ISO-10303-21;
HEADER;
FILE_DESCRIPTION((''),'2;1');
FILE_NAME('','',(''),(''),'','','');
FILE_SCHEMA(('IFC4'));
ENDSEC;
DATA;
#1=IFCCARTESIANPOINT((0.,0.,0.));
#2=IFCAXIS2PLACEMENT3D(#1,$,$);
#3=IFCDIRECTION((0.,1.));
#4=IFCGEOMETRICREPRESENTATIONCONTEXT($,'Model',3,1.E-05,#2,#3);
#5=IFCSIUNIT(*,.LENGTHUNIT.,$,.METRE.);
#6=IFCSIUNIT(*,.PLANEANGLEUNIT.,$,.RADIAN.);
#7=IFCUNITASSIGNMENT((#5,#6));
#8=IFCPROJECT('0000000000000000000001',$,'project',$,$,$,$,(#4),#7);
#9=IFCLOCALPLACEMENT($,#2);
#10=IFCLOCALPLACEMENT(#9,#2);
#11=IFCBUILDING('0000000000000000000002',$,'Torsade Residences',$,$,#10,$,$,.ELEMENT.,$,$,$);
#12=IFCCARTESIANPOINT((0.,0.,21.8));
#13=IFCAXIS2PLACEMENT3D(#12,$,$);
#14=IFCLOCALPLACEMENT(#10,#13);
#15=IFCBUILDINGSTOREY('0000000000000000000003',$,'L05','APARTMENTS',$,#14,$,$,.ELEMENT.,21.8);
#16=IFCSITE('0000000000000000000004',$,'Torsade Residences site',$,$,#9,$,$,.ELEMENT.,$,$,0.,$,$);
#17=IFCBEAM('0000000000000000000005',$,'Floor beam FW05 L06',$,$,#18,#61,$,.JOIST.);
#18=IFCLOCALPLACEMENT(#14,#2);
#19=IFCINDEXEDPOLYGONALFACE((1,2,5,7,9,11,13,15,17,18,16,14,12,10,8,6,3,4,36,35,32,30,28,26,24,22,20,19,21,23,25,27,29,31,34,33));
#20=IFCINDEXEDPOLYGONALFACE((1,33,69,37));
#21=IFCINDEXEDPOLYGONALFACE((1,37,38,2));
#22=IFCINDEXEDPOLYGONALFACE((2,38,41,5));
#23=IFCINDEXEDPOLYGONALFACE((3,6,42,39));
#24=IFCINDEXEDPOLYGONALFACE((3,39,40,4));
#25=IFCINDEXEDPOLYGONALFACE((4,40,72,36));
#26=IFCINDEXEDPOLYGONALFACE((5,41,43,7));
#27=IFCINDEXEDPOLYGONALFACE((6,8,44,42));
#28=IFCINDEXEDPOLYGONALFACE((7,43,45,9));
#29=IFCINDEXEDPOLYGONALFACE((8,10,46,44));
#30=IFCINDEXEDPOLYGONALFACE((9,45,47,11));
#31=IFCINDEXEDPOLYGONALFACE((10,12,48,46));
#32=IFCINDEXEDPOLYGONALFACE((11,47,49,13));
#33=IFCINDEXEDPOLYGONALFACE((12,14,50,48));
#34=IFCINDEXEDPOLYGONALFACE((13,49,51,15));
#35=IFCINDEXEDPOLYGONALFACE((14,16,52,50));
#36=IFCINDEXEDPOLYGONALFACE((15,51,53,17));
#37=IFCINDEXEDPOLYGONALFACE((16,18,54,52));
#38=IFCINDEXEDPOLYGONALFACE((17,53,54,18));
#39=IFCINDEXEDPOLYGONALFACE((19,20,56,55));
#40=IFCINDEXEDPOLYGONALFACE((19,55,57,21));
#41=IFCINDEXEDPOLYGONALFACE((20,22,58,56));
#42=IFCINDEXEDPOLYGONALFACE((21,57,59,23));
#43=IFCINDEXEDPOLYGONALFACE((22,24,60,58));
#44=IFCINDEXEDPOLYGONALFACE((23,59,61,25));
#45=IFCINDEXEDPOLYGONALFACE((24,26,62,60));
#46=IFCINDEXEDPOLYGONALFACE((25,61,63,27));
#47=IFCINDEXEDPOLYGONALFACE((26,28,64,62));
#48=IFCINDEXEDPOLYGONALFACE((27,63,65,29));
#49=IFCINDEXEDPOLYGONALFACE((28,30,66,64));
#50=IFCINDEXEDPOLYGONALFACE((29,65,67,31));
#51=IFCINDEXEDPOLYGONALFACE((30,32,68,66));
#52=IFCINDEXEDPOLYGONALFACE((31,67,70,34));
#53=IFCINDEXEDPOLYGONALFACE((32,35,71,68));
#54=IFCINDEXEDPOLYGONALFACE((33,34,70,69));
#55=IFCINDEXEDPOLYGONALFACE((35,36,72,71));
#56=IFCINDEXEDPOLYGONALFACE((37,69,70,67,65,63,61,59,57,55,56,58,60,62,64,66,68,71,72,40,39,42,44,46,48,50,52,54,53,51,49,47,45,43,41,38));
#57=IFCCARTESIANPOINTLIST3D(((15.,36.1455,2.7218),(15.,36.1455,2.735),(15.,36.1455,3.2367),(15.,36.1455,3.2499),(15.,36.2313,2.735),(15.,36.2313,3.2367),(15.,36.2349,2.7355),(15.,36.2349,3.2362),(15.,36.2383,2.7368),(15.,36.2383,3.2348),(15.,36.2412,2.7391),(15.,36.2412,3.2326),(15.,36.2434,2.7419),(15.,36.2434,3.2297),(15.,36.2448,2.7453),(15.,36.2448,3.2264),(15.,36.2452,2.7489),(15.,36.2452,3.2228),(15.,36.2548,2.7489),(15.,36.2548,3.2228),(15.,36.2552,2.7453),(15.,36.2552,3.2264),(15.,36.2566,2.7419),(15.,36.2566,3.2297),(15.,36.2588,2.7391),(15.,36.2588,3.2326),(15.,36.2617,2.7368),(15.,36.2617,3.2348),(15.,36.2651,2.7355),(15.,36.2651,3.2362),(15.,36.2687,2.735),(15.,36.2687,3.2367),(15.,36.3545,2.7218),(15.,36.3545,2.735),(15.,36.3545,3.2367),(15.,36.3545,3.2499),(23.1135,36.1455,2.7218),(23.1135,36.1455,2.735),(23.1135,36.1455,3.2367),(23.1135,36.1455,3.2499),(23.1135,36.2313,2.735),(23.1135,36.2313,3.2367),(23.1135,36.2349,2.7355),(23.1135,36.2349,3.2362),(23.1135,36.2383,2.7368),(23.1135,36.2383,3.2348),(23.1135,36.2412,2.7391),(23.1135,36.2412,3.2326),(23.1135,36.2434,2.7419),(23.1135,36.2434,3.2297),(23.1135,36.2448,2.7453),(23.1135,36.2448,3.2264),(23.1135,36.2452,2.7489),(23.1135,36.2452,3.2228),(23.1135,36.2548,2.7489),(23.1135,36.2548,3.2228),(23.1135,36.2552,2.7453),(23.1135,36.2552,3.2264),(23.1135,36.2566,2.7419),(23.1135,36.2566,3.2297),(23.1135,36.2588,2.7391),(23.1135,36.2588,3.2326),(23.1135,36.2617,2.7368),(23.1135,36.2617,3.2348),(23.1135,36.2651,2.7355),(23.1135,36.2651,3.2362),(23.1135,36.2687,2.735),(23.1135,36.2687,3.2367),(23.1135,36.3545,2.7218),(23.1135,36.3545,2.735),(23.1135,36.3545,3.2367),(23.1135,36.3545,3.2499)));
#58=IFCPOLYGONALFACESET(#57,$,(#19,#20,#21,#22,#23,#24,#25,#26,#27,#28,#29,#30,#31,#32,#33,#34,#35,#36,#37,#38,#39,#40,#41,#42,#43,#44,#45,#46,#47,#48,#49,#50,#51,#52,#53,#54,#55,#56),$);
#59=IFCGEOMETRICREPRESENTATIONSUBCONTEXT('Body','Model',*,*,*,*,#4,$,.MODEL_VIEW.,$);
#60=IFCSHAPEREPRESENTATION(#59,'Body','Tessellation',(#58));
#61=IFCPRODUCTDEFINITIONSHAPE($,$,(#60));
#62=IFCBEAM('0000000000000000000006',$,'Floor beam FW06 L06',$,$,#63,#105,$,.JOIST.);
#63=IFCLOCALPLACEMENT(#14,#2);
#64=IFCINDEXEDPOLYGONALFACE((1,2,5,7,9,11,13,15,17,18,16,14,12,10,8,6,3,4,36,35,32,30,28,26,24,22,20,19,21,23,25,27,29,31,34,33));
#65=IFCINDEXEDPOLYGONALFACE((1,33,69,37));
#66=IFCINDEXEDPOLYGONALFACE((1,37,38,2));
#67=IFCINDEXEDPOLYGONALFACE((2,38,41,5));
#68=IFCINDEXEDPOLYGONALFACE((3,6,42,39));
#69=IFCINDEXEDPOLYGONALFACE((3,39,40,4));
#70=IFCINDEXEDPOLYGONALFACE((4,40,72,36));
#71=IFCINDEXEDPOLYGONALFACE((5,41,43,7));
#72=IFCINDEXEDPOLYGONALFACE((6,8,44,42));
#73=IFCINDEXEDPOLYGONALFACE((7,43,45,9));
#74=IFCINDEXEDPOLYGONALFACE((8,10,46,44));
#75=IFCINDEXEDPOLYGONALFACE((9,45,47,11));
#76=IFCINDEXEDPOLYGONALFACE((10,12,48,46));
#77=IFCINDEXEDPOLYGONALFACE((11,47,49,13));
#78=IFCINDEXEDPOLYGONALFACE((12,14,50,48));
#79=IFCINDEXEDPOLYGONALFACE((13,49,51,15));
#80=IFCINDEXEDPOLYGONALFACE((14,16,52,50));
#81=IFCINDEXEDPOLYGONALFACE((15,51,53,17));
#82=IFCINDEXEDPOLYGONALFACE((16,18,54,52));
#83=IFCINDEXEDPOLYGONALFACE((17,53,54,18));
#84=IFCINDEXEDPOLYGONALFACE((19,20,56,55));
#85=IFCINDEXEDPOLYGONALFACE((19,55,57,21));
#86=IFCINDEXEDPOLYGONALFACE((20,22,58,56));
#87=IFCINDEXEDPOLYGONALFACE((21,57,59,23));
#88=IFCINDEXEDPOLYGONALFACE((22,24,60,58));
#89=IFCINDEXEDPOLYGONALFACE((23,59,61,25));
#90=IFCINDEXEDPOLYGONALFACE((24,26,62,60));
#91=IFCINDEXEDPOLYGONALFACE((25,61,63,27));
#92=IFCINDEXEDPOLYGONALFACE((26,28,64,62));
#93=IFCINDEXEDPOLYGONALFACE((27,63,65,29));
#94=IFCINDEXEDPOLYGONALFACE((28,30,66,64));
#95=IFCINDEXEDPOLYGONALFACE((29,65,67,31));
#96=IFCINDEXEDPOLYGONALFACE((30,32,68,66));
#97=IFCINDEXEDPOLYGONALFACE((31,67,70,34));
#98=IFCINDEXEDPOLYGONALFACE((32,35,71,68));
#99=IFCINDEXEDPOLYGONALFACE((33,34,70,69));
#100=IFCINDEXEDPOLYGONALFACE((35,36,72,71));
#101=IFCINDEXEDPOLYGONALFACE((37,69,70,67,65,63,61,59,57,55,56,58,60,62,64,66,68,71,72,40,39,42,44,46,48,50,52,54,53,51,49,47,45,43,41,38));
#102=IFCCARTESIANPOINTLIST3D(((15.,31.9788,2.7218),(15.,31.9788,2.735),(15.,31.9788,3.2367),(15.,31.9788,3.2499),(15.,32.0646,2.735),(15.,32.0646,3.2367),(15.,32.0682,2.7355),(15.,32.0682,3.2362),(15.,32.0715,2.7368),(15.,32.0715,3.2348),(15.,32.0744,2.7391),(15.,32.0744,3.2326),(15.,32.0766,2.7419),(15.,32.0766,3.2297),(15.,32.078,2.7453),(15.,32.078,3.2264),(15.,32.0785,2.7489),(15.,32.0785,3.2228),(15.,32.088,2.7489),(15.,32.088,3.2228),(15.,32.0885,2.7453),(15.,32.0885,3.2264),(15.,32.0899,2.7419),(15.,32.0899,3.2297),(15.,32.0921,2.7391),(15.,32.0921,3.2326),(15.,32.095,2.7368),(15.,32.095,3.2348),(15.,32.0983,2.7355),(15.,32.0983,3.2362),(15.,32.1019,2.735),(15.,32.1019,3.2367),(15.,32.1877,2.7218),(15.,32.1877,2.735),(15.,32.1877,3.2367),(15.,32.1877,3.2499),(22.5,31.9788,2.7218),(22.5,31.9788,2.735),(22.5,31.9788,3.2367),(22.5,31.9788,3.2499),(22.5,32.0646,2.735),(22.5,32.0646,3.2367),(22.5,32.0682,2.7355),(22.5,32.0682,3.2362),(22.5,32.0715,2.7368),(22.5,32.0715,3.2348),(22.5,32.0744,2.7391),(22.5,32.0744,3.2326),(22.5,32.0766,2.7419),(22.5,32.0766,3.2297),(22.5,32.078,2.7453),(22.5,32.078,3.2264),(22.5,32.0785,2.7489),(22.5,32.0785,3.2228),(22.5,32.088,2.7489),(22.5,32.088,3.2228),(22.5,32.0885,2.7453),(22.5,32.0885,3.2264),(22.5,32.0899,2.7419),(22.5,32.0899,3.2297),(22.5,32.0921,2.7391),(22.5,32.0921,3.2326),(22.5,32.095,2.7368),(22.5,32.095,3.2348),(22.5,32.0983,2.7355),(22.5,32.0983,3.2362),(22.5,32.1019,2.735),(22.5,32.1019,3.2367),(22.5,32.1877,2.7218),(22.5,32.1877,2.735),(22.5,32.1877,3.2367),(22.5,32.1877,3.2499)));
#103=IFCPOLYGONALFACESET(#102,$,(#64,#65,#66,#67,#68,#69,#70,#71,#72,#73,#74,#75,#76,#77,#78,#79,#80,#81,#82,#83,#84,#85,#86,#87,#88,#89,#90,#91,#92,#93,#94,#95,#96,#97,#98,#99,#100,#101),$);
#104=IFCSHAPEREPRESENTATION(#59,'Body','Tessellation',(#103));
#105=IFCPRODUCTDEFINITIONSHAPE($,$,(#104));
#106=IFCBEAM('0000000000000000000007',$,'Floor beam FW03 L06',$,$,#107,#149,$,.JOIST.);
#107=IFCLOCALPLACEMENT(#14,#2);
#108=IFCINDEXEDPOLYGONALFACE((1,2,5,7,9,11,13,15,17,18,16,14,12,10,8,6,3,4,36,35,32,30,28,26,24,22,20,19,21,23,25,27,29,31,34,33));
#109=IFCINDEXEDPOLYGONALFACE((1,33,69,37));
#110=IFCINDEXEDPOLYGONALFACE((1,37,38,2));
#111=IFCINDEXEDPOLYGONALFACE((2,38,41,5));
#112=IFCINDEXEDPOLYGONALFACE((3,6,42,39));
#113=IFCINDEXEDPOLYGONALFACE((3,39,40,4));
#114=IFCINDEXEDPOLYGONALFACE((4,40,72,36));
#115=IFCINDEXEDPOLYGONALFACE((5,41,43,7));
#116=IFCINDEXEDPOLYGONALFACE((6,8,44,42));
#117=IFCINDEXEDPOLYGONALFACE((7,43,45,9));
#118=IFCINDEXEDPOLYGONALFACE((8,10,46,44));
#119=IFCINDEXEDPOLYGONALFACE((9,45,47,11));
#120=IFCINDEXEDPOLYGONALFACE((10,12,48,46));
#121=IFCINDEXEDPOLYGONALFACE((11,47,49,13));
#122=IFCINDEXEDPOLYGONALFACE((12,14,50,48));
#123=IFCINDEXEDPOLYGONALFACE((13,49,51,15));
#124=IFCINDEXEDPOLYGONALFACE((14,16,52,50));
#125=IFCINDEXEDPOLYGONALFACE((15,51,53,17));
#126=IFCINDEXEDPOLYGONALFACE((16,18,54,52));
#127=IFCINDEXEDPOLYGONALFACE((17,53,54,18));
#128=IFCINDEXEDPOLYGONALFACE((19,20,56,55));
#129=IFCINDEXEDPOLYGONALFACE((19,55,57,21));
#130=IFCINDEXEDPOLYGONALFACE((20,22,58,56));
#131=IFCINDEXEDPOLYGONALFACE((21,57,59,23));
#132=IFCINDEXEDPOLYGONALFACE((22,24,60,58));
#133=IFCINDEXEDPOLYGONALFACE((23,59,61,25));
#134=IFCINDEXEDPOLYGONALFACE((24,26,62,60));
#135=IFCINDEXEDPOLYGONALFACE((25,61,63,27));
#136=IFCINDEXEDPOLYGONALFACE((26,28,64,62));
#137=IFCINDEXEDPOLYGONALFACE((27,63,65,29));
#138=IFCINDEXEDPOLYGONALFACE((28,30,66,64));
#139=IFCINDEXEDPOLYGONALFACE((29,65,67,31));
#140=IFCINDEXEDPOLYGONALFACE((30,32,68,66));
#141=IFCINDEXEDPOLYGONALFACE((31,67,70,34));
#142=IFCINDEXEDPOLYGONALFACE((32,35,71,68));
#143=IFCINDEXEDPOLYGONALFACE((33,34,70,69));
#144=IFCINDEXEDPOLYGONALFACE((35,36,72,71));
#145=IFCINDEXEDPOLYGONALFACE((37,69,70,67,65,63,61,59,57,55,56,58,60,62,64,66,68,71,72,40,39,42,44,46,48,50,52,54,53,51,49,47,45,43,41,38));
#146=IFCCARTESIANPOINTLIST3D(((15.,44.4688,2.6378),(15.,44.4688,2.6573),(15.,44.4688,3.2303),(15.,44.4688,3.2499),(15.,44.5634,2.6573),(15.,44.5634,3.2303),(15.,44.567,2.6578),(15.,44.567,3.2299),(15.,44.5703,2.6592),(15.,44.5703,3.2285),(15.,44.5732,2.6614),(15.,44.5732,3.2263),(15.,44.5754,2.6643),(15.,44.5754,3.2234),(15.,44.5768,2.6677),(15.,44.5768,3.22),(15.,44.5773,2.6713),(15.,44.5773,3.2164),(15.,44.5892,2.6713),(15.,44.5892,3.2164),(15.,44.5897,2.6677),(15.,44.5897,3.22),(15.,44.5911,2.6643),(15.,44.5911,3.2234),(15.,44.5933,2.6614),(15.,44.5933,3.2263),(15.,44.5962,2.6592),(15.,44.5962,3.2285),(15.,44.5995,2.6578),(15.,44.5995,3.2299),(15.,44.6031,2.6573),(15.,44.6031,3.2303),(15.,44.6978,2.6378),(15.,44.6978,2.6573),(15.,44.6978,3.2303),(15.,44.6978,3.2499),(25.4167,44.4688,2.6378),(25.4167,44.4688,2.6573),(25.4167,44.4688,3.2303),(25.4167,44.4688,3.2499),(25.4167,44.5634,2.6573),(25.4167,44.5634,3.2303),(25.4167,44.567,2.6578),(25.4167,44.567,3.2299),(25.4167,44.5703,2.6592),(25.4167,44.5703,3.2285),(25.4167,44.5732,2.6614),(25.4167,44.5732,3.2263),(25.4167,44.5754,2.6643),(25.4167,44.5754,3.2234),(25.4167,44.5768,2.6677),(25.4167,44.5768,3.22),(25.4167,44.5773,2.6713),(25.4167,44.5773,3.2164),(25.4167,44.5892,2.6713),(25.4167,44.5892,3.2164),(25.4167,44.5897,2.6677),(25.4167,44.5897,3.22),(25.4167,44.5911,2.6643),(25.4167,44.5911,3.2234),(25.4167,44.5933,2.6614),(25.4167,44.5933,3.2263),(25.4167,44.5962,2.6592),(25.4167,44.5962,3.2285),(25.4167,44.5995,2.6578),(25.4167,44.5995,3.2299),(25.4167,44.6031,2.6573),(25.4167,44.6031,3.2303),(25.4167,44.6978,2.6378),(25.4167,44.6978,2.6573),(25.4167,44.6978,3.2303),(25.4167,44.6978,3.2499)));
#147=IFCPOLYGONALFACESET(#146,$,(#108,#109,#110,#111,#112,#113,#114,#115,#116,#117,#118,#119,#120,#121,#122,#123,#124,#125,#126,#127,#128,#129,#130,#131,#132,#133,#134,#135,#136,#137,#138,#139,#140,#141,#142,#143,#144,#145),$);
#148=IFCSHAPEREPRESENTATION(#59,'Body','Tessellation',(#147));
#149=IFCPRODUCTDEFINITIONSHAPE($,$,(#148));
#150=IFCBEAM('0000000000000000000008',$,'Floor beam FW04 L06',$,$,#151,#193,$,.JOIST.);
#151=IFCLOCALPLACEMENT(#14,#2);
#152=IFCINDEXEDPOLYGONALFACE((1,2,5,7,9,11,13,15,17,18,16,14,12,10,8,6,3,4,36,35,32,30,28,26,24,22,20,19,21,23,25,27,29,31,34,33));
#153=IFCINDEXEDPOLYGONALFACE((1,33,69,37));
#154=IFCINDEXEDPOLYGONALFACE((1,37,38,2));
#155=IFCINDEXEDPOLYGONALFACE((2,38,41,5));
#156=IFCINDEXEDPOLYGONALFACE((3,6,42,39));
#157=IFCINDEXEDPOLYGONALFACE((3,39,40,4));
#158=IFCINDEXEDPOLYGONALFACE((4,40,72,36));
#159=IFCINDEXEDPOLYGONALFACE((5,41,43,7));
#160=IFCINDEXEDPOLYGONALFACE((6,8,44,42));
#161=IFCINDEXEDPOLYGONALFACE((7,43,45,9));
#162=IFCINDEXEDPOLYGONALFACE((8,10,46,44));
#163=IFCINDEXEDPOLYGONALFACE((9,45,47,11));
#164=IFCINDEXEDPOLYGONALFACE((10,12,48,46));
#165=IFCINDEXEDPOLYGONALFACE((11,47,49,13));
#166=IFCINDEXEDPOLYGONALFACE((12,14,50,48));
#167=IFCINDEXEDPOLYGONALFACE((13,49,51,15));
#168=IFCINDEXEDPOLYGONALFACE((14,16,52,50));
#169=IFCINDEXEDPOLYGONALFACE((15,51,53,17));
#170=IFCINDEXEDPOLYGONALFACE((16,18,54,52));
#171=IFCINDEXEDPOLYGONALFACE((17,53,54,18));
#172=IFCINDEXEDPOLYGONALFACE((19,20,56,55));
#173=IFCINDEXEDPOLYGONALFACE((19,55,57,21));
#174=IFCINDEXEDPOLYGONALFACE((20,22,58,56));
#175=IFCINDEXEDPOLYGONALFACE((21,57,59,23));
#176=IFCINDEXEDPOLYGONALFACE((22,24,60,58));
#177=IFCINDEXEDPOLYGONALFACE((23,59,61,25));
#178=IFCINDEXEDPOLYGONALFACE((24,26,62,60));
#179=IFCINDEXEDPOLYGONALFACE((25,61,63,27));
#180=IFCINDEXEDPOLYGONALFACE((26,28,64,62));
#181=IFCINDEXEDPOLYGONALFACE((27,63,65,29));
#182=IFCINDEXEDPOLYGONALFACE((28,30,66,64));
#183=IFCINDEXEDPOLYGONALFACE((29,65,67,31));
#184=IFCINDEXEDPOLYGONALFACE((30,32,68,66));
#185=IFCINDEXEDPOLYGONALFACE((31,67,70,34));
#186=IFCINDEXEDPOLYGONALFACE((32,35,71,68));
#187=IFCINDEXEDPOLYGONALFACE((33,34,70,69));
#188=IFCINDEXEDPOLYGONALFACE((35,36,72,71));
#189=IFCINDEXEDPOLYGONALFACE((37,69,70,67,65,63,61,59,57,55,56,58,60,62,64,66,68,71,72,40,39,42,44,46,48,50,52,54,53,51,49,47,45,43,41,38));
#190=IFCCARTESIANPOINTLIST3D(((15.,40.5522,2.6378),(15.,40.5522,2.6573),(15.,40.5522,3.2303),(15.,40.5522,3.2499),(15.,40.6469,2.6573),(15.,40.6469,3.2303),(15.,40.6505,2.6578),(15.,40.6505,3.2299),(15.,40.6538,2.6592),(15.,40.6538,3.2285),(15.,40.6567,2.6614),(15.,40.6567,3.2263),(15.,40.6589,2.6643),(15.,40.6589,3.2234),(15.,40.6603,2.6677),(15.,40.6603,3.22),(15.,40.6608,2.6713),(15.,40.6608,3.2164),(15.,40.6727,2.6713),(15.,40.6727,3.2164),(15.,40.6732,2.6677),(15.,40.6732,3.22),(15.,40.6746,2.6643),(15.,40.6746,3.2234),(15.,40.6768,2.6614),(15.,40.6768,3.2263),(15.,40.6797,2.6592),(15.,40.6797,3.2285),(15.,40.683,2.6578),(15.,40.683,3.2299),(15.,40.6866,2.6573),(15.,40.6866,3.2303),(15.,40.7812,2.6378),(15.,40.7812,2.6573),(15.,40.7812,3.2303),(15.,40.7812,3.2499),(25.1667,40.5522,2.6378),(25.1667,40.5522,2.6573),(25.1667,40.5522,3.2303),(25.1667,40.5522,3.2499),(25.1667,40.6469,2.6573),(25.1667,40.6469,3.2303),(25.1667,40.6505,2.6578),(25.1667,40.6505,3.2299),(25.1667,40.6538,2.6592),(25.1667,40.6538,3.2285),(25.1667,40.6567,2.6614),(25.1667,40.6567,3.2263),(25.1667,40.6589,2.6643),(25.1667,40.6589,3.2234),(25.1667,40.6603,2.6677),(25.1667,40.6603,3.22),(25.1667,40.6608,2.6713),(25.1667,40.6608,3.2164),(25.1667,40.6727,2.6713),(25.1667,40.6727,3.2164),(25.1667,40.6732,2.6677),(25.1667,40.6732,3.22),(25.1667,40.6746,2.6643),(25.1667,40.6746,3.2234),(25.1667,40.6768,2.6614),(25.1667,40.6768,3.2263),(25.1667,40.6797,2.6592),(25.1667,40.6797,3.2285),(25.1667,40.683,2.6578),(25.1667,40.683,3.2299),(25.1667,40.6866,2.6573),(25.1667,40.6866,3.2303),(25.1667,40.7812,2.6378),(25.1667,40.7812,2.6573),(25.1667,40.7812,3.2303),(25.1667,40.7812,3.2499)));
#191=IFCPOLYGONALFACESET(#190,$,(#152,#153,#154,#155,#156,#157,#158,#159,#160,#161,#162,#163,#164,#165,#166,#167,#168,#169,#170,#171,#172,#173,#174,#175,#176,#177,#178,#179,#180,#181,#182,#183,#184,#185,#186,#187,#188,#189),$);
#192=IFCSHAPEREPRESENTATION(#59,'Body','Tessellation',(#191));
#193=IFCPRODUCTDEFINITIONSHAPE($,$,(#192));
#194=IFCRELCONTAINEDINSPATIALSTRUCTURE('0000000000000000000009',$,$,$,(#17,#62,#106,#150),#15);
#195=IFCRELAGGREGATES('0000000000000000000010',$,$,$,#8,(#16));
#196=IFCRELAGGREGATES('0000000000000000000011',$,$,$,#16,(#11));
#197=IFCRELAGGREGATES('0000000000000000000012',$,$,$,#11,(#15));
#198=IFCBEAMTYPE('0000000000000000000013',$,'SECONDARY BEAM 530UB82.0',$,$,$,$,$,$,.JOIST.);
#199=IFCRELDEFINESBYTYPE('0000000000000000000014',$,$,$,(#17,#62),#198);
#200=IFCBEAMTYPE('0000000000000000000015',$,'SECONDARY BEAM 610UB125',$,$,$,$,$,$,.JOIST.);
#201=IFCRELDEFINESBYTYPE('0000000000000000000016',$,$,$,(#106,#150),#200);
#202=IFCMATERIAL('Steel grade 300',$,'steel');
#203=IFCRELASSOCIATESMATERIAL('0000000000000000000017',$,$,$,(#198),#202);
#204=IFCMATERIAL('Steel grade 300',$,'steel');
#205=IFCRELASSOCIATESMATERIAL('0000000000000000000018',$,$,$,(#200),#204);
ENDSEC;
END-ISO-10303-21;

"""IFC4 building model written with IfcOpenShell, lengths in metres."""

from ifc_helpers import new_model, si_unit, direction, frame, origin, origin_2d, place, context, subcontext, project, spatial, i_section, extrude, material, material_profile, profile_set, type_object, element, save


model = new_model("IFC4")

# Units and contexts
model_context = context("Model", 3, precision=1e-05, world=origin(), true_north=direction((0.0, 1.0)))
body_context = subcontext(model_context, "Body", "Model", "MODEL_VIEW")
ifc_project = project(units=[si_unit("LENGTHUNIT", "METRE"), si_unit("PLANEANGLEUNIT", "RADIAN")], contexts=[model_context])

# Site, building, storey
site_placement = place(None, origin())
site = spatial("IfcSite", under=ifc_project, at=site_placement, Name="Torsade Residences site", CompositionType="ELEMENT", RefElevation=0.0)
building_placement = place(site_placement, origin())
building = spatial("IfcBuilding", under=site, at=building_placement, Name="Torsade Residences", CompositionType="ELEMENT")
storey_placement = place(building_placement, frame((0.0, 0.0, 21.8)))
storey = spatial("IfcBuildingStorey", under=building, at=storey_placement, Name="L05", Description="APARTMENTS", CompositionType="ELEMENT", Elevation=21.8)

# Beams
ifc_material_1 = material(Name="Steel grade 300", Category="steel")
ifc_material_profile_1 = material_profile(ifc_material_1, i_section(OverallWidth=0.209, OverallDepth=0.5281, WebThickness=0.0095, FlangeThickness=0.0132, FilletRadius=0.0139, at=origin_2d()), Name="530UB82.0")
ifc_profile_set_1 = profile_set([ifc_material_profile_1], Name="Steel grade 300")
beam_type_1 = type_object("IfcBeamType", Name="SECONDARY BEAM 530UB82.0", PredefinedType="JOIST", material=ifc_profile_set_1)
beam_1_placement = place(storey_placement, frame((15.0, 36.25, 2.9858), z_axis=(1.0, 0.0, 0.0), x_axis=(0.0, 1.0, 0.0)))
element("IfcBeam", 1, at=beam_1_placement, inside=storey, type_object=beam_type_1, Name="Floor beam FW05 L06", PredefinedType="JOIST", context=body_context, shape_type="SweptSolid", body=[
    extrude(i_section(OverallWidth=0.209, OverallDepth=0.5281, WebThickness=0.0095, FlangeThickness=0.0132, FilletRadius=0.0139, at=origin_2d()), origin(), (0.0, 0.0, 1.0), 8.1135),
])
beam_2_placement = place(storey_placement, frame((15.0, 32.0833, 2.9858), z_axis=(1.0, 0.0, 0.0), x_axis=(0.0, 1.0, 0.0)))
element("IfcBeam", 2, at=beam_2_placement, inside=storey, type_object=beam_type_1, Name="Floor beam FW06 L06", PredefinedType="JOIST", context=body_context, shape_type="SweptSolid", body=[
    extrude(i_section(OverallWidth=0.209, OverallDepth=0.5281, WebThickness=0.0095, FlangeThickness=0.0132, FilletRadius=0.0139, at=origin_2d()), origin(), (0.0, 0.0, 1.0), 7.5),
])
ifc_material_2 = material(Name="Steel grade 300", Category="steel")
ifc_material_profile_2 = material_profile(ifc_material_2, i_section(OverallWidth=0.229, OverallDepth=0.6121, WebThickness=0.012, FlangeThickness=0.0195, FilletRadius=0.0139, at=origin_2d()), Name="610UB125")
ifc_profile_set_2 = profile_set([ifc_material_profile_2], Name="Steel grade 300")
beam_type_2 = type_object("IfcBeamType", Name="SECONDARY BEAM 610UB125", PredefinedType="JOIST", material=ifc_profile_set_2)
beam_3_placement = place(storey_placement, frame((15.0, 44.5833, 2.9438), z_axis=(1.0, 0.0, 0.0), x_axis=(0.0, 1.0, 0.0)))
element("IfcBeam", 3, at=beam_3_placement, inside=storey, type_object=beam_type_2, Name="Floor beam FW03 L06", PredefinedType="JOIST", context=body_context, shape_type="SweptSolid", body=[
    extrude(i_section(OverallWidth=0.229, OverallDepth=0.6121, WebThickness=0.012, FlangeThickness=0.0195, FilletRadius=0.0139, at=origin_2d()), origin(), (0.0, 0.0, 1.0), 10.4167),
])
beam_4_placement = place(storey_placement, frame((15.0, 40.6667, 2.9438), z_axis=(1.0, 0.0, 0.0), x_axis=(0.0, 1.0, 0.0)))
element("IfcBeam", 4, at=beam_4_placement, inside=storey, type_object=beam_type_2, Name="Floor beam FW04 L06", PredefinedType="JOIST", context=body_context, shape_type="SweptSolid", body=[
    extrude(i_section(OverallWidth=0.229, OverallDepth=0.6121, WebThickness=0.012, FlangeThickness=0.0195, FilletRadius=0.0139, at=origin_2d()), origin(), (0.0, 0.0, 1.0), 10.1667),
])

save(model, "model.ifc")
